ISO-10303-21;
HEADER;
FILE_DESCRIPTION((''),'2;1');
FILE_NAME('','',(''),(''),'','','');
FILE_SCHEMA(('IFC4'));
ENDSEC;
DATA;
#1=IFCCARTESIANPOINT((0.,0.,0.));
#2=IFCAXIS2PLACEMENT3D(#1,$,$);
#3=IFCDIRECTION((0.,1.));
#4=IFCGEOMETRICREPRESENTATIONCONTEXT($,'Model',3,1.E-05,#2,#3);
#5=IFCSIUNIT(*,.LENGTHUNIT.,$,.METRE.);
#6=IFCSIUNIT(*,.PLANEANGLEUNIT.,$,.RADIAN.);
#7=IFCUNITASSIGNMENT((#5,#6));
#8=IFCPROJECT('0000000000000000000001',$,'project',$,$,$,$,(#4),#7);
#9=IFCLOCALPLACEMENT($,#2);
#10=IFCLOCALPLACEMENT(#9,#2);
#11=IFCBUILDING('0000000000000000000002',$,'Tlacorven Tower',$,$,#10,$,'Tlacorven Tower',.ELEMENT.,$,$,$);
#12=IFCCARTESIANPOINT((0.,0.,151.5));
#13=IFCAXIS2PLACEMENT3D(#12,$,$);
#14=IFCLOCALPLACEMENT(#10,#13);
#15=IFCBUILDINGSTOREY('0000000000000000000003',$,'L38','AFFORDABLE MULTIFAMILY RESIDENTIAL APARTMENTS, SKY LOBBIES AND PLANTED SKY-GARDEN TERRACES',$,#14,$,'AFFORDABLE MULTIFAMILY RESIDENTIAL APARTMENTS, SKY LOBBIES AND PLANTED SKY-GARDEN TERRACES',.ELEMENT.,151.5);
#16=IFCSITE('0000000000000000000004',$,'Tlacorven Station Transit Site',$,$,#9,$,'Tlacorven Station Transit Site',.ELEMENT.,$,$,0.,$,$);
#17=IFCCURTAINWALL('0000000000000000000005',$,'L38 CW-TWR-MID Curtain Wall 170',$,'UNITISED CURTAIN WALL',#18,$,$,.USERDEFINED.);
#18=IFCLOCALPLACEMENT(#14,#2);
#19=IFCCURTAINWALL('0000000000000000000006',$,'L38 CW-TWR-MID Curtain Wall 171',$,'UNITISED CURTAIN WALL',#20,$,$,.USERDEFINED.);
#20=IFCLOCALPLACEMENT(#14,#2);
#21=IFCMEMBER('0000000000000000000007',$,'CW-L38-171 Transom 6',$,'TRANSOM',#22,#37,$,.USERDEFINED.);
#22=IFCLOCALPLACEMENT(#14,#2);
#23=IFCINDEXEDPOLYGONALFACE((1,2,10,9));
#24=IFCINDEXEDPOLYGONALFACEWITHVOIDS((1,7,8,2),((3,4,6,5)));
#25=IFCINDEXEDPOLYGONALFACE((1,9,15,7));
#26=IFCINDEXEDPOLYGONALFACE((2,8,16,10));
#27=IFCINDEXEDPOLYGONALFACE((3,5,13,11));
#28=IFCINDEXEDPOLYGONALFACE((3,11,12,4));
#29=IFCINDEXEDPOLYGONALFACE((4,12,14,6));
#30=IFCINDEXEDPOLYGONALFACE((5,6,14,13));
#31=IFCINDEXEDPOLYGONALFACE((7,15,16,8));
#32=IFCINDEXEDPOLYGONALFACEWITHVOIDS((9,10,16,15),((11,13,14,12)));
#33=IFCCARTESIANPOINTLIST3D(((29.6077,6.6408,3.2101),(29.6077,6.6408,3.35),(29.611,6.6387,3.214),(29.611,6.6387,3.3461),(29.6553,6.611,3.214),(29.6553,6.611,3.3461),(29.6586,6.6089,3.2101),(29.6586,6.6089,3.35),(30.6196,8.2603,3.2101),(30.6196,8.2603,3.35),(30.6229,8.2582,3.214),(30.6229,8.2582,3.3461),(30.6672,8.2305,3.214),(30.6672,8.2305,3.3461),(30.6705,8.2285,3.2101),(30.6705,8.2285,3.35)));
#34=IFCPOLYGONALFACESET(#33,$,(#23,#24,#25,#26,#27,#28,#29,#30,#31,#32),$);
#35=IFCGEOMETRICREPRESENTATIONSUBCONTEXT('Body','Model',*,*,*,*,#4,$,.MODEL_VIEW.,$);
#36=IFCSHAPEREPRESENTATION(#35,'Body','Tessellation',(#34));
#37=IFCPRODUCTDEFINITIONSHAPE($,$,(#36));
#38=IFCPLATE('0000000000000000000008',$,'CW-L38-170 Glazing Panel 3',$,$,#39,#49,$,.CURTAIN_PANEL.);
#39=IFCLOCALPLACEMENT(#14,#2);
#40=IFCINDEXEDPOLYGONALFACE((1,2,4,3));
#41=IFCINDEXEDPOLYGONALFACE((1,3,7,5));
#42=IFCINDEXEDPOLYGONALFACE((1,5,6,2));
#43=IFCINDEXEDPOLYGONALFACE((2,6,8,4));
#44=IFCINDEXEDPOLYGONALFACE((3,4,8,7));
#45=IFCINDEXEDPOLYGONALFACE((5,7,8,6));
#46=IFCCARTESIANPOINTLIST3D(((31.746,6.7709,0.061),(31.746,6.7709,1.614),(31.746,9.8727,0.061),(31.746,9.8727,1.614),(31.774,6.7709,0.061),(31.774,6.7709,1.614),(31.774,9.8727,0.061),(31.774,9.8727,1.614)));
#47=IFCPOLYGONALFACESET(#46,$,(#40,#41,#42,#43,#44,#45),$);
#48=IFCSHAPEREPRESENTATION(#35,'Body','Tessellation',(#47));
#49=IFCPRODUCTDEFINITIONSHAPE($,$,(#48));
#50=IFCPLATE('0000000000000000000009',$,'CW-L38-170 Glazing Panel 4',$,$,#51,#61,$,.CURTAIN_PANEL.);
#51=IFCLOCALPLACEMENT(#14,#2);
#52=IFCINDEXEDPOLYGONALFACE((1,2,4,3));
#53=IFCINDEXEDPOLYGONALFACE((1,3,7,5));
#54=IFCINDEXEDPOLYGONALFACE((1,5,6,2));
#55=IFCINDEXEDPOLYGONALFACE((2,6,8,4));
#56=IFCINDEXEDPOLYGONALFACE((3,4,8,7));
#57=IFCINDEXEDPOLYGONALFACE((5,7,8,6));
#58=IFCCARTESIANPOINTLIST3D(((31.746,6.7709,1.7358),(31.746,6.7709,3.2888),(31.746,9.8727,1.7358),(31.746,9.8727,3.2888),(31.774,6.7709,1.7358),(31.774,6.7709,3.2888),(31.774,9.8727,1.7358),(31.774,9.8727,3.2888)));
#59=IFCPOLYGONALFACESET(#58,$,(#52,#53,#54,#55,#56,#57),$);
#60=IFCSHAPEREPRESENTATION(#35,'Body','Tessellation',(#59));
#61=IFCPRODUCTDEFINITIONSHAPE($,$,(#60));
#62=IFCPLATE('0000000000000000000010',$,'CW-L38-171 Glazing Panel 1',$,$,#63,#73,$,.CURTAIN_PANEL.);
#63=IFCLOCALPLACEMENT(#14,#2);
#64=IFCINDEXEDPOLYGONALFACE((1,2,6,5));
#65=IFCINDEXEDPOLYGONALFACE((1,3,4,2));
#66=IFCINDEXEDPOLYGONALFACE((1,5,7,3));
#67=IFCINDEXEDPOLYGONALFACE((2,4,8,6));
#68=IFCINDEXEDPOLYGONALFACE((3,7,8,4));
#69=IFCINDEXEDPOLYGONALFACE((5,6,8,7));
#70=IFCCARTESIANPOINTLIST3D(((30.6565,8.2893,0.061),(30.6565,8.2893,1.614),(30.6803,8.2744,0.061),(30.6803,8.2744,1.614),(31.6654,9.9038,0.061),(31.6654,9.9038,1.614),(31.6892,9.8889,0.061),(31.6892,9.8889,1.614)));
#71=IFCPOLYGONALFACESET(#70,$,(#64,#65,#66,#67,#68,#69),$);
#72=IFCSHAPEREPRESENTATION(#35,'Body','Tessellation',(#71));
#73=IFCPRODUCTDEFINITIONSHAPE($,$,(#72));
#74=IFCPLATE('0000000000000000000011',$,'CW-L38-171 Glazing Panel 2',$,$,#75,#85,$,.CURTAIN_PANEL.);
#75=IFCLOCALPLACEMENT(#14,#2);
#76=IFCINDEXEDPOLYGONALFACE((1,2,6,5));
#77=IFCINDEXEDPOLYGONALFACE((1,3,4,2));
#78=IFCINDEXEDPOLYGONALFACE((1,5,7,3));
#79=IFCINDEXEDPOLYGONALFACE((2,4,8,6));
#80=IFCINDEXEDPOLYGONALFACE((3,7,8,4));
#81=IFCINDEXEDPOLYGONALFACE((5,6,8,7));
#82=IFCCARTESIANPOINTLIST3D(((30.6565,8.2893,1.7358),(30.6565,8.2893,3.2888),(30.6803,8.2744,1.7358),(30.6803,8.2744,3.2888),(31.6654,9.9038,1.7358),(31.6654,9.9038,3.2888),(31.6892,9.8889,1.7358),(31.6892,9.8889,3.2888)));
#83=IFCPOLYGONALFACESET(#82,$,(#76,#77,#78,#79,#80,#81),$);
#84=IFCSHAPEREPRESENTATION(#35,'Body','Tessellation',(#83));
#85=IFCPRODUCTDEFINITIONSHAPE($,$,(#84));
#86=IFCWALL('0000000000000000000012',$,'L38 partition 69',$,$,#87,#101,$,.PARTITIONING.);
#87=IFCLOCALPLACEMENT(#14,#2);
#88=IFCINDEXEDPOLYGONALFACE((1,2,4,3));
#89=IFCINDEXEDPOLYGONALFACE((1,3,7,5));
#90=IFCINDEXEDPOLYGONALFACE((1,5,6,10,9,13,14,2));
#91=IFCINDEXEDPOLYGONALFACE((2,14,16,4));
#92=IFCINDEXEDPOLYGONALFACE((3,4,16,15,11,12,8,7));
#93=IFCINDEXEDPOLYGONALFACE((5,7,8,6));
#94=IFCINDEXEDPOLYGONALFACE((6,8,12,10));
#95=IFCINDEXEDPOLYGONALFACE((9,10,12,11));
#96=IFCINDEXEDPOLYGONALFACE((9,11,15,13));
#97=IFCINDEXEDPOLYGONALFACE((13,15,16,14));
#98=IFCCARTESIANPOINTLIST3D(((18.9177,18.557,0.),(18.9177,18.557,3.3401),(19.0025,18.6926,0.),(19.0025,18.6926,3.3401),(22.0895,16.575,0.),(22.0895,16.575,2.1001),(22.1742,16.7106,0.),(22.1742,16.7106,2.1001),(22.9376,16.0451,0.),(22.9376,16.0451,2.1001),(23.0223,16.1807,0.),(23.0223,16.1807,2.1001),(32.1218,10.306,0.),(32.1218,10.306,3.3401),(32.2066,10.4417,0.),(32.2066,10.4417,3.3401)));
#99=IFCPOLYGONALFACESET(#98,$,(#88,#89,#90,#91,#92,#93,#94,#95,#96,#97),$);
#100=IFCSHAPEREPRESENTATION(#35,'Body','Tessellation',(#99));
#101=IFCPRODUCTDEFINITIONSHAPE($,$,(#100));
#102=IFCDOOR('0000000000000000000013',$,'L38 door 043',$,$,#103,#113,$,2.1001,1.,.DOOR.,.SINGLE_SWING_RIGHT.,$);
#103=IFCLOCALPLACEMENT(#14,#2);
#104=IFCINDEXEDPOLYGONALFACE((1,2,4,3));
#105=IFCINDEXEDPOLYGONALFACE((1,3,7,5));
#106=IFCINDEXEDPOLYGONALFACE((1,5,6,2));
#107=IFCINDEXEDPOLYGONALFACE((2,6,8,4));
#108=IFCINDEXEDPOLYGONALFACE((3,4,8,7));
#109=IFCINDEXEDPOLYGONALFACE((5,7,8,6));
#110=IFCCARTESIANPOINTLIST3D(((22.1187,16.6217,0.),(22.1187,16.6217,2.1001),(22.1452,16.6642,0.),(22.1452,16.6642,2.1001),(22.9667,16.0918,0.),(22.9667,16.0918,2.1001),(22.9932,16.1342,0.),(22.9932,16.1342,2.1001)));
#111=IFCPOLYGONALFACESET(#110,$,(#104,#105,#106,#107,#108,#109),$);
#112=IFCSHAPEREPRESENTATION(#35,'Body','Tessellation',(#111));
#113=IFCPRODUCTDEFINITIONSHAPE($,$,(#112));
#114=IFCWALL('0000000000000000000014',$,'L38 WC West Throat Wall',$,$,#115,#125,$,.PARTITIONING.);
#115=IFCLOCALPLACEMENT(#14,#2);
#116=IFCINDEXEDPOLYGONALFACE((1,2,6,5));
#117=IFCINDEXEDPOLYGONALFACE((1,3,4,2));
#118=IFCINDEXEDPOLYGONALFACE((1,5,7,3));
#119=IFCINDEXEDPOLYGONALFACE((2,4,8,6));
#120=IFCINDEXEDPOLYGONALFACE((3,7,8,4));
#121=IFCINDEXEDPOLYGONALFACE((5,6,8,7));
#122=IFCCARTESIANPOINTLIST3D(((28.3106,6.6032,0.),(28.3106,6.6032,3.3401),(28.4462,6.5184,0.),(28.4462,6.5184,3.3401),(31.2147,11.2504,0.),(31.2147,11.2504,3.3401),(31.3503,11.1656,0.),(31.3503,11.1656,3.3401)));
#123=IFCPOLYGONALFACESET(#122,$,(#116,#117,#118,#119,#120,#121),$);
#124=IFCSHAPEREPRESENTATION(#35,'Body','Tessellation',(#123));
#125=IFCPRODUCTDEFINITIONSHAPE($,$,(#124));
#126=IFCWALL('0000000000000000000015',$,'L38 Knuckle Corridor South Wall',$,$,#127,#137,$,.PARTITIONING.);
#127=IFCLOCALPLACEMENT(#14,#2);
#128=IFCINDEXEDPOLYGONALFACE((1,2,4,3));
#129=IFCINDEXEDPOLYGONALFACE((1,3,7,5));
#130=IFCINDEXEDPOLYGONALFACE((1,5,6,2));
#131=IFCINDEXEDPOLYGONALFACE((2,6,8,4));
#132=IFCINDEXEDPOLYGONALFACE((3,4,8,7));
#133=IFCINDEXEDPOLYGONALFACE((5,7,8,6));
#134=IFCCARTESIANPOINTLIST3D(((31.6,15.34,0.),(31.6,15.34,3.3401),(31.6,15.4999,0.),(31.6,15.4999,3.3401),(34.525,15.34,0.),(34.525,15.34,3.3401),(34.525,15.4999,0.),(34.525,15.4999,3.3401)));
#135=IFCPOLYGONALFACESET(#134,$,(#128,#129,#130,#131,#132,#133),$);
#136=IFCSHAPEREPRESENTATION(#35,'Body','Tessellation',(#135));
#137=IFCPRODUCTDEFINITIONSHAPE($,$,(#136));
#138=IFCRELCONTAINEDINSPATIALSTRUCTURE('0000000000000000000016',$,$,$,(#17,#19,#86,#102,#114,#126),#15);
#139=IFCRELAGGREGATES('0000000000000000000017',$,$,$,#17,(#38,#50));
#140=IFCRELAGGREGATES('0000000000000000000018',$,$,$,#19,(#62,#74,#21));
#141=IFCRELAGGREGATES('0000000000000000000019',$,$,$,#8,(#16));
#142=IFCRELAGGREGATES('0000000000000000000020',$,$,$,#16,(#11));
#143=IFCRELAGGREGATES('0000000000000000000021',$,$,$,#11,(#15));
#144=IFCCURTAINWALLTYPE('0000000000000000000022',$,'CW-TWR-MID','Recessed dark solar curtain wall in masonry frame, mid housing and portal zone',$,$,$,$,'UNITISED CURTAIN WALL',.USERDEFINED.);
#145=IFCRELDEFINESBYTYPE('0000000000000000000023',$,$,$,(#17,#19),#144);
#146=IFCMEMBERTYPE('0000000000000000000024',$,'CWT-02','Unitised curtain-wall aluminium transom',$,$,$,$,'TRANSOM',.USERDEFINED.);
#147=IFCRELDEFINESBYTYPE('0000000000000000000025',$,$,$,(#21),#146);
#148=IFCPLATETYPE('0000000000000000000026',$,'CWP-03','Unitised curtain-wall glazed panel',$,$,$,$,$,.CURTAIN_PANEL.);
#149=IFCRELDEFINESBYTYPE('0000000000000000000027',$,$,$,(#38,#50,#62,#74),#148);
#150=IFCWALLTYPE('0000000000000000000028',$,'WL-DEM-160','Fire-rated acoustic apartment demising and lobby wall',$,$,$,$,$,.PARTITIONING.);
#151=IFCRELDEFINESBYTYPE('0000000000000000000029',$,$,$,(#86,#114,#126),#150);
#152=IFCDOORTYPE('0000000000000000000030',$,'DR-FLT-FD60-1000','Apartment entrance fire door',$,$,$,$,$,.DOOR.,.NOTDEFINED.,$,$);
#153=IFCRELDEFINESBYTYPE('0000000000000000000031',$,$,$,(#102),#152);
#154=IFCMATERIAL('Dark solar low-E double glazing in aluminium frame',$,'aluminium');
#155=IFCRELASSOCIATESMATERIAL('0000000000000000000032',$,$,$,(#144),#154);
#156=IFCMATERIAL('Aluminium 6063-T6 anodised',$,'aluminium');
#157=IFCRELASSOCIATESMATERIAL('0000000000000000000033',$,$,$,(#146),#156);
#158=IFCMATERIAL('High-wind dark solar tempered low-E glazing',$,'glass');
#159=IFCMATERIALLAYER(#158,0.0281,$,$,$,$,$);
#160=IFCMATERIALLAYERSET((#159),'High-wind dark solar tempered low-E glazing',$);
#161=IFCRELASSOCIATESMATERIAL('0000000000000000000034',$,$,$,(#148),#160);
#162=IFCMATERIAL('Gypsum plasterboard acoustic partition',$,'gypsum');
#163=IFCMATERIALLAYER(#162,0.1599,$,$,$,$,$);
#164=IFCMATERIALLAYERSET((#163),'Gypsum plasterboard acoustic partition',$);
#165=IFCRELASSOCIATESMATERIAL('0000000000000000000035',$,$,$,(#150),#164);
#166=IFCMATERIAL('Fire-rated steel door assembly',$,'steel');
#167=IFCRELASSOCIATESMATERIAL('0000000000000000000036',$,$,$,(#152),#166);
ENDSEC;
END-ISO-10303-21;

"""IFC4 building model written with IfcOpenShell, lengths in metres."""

from ifc_helpers import new_model, si_unit, direction, frame, frame_2d, origin, origin_2d, place, context, subcontext, project, spatial, rectangle, hollow_rectangle, extrude, source, transform, mapped, material, layer, layer_set, material_profile, profile_set, type_object, element, fill, aggregate, save


model = new_model("IFC4")

# Units and contexts
model_context = context("Model", 3, precision=1e-05, world=origin(), true_north=direction((0.0, 1.0)))
body_context = subcontext(model_context, "Body", "Model", "MODEL_VIEW")
ifc_project = project(units=[si_unit("LENGTHUNIT", "METRE"), si_unit("PLANEANGLEUNIT", "RADIAN")], contexts=[model_context])

# Site, building, storey
site_placement = place(None, origin())
site = spatial("IfcSite", under=ifc_project, at=site_placement, Name="Tlacorven Station Transit Site", LongName="Tlacorven Station Transit Site", CompositionType="ELEMENT", RefElevation=0.0)
building_placement = place(site_placement, origin())
building = spatial("IfcBuilding", under=site, at=building_placement, Name="Tlacorven Tower", LongName="Tlacorven Tower", CompositionType="ELEMENT")
storey_placement = place(building_placement, frame((0.0, 0.0, 151.5)))
storey = spatial("IfcBuildingStorey", under=building, at=storey_placement, Name="L38", Description="AFFORDABLE MULTIFAMILY RESIDENTIAL APARTMENTS, SKY LOBBIES AND PLANTED SKY-GARDEN TERRACES", LongName="AFFORDABLE MULTIFAMILY RESIDENTIAL APARTMENTS, SKY LOBBIES AND PLANTED SKY-GARDEN TERRACES", CompositionType="ELEMENT", Elevation=151.5)

# Curtain wall
ifc_material_1 = material(Name="Dark solar low-E double glazing in aluminium frame", Category="aluminium")
curtain_wall_type = type_object("IfcCurtainWallType", Name="CW-TWR-MID", Description="Recessed dark solar curtain wall in masonry frame, mid housing and portal zone", ElementType="UNITISED CURTAIN WALL", PredefinedType="USERDEFINED", material=ifc_material_1)
curtain_wall_1_placement = place(storey_placement, origin())
curtain_wall_1 = element("IfcCurtainWall", 1, at=curtain_wall_1_placement, inside=storey, type_object=curtain_wall_type, Name="L38 CW-TWR-MID Curtain Wall 170", ObjectType="UNITISED CURTAIN WALL", PredefinedType="USERDEFINED")
ifc_material_2 = material(Name="Aluminium 6063-T6 anodised", Category="aluminium")

# Curtain wall, member
curtain_wall_2_placement = place(storey_placement, origin())
curtain_wall_2 = element("IfcCurtainWall", 2, at=curtain_wall_2_placement, inside=storey, type_object=curtain_wall_type, Name="L38 CW-TWR-MID Curtain Wall 171", ObjectType="UNITISED CURTAIN WALL", PredefinedType="USERDEFINED")
ifc_material_profile_1 = material_profile(ifc_material_2, hollow_rectangle(XDim=0.0601, YDim=0.1399, WallThickness=0.0039, at=origin_2d()), Name="ALU TRANSOM 60X140")
ifc_profile_set_1 = profile_set([ifc_material_profile_1], Name="Aluminium 6063-T6 anodised")
member_type_1 = type_object("IfcMemberType", Name="CWT-02", Description="Unitised curtain-wall aluminium transom", ElementType="TRANSOM", PredefinedType="USERDEFINED", material=ifc_profile_set_1)
shared_shape_1 = source(origin(), body_context, "Body", "SweptSolid", [
    extrude(hollow_rectangle(XDim=0.0601, YDim=0.1399, WallThickness=0.0039, at=origin_2d()), origin(), (0.0, 0.0, 1.0), 1.9097),
])
member_1_placement = place(storey_placement, frame((30.645, 8.2444, 3.28), z_axis=(-0.529884, -0.84807, 0.0), x_axis=(0.84807, -0.529884, 0.0)))
member_1 = element("IfcMember", 3, at=member_1_placement, type_object=member_type_1, Name="CW-L38-171 Transom 6", ObjectType="TRANSOM", PredefinedType="USERDEFINED", context=body_context, shape_type="MappedRepresentation", body=[
    mapped(shared_shape_1, transform((0.0, 0.0, 0.0), scale=1.0)),
])

# Plates
ifc_material_3 = material(Name="High-wind dark solar tempered low-E glazing", Category="glass")
ifc_layer_1 = layer(ifc_material_3, 0.0281)
ifc_layer_set_1 = layer_set([ifc_layer_1], Name="High-wind dark solar tempered low-E glazing")
plate_type = type_object("IfcPlateType", Name="CWP-03", Description="Unitised curtain-wall glazed panel", PredefinedType="CURTAIN_PANEL", material=ifc_layer_set_1)
shared_shape_2 = source(origin(), body_context, "Body", "SweptSolid", [
    extrude(rectangle(XDim=3.1018, YDim=0.0281, at=origin_2d()), origin(), (0.0, 0.0, 1.0), 1.553),
])
plate_1_placement = place(storey_placement, frame((31.76, 8.3218, 0.061), z_axis=(0.0, 0.0, 1.0), x_axis=(0.0, 1.0, 0.0)))
plate_1 = element("IfcPlate", 4, at=plate_1_placement, type_object=plate_type, Name="CW-L38-170 Glazing Panel 3", PredefinedType="CURTAIN_PANEL", context=body_context, shape_type="MappedRepresentation", body=[
    mapped(shared_shape_2, transform((0.0, 0.0, 0.0), scale=1.0)),
])
plate_2_placement = place(storey_placement, frame((31.76, 8.3218, 1.7358), z_axis=(0.0, 0.0, 1.0), x_axis=(0.0, 1.0, 0.0)))
plate_2 = element("IfcPlate", 5, at=plate_2_placement, type_object=plate_type, Name="CW-L38-170 Glazing Panel 4", PredefinedType="CURTAIN_PANEL", context=body_context, shape_type="MappedRepresentation", body=[
    mapped(shared_shape_2, transform((0.0, 0.0, 0.0), scale=1.0)),
])
aggregate(curtain_wall_1, [plate_1, plate_2])
shared_shape_3 = source(origin(), body_context, "Body", "SweptSolid", [
    extrude(rectangle(XDim=1.9038, YDim=0.0281, at=origin_2d()), origin(), (0.0, 0.0, 1.0), 1.553),
])
plate_3_placement = place(storey_placement, frame((31.1729, 9.0891, 0.061), z_axis=(0.0, 0.0, 1.0), x_axis=(-0.529919, -0.848048, 0.0)))
plate_3 = element("IfcPlate", 6, at=plate_3_placement, type_object=plate_type, Name="CW-L38-171 Glazing Panel 1", PredefinedType="CURTAIN_PANEL", context=body_context, shape_type="MappedRepresentation", body=[
    mapped(shared_shape_3, transform((0.0, 0.0, 0.0), scale=1.0)),
])
plate_4_placement = place(storey_placement, frame((31.1729, 9.0891, 1.7358), z_axis=(0.0, 0.0, 1.0), x_axis=(-0.529919, -0.848048, 0.0)))
plate_4 = element("IfcPlate", 7, at=plate_4_placement, type_object=plate_type, Name="CW-L38-171 Glazing Panel 2", PredefinedType="CURTAIN_PANEL", context=body_context, shape_type="MappedRepresentation", body=[
    mapped(shared_shape_3, transform((0.0, 0.0, 0.0), scale=1.0)),
])
aggregate(curtain_wall_2, [plate_3, plate_4, member_1])

# Wall, opening, door
ifc_material_4 = material(Name="Gypsum plasterboard acoustic partition", Category="gypsum")
ifc_layer_2 = layer(ifc_material_4, 0.1599)
ifc_layer_set_2 = layer_set([ifc_layer_2], Name="Gypsum plasterboard acoustic partition")
wall_type_1 = type_object("IfcWallType", Name="WL-DEM-160", Description="Fire-rated acoustic apartment demising and lobby wall", PredefinedType="PARTITIONING", material=ifc_layer_set_2)
wall_1_placement = place(storey_placement, frame((32.1643, 10.3738, 0.0), z_axis=(0.0, 0.0, 1.0), x_axis=(-0.848044, 0.529926, 0.0)))
wall_1 = element("IfcWall", 8, at=wall_1_placement, inside=storey, type_object=wall_type_1, Name="L38 partition 69", PredefinedType="PARTITIONING", context=body_context, shape_type="SweptSolid", body=[
    extrude(rectangle(XDim=15.5701, YDim=0.1599, at=frame_2d((7.7852, 0.0))), origin(), (0.0, 0.0, 1.0), 3.3401),
])
opening_1_placement = place(wall_1_placement, frame((10.8301, 0.0, 0.0)))
opening_1 = element("IfcOpeningElement", 9, at=opening_1_placement, cuts=wall_1, PredefinedType="OPENING", context=body_context, shape_type="SweptSolid", body=[
    extrude(rectangle(XDim=1.0, YDim=2.1001, at=frame_2d((0.5, 1.05))), frame((0.0, 0.0898, 0.0), z_axis=(0.0, -1.0, 0.0), x_axis=(1.0, 0.0, 0.0)), (0.0, 0.0, 1.0), 0.1799),
])
ifc_material_5 = material(Name="Fire-rated steel door assembly", Category="steel")
door_type_1 = type_object("IfcDoorType", Name="DR-FLT-FD60-1000", Description="Apartment entrance fire door", OperationType="NOTDEFINED", PredefinedType="DOOR", material=ifc_material_5)
shared_shape_4 = source(origin(), body_context, "Body", "SweptSolid", [
    extrude(rectangle(XDim=1.0, YDim=2.1001, at=frame_2d((0.5, 1.05))), frame((0.0, 0.0249, 0.0), z_axis=(0.0, -1.0, 0.0), x_axis=(1.0, 0.0, 0.0)), (0.0, 0.0, 1.0), 0.05),
])
door_1_placement = place(opening_1_placement, origin())
door_1 = element("IfcDoor", 10, at=door_1_placement, inside=storey, type_object=door_type_1, Name="L38 door 043", OperationType="SINGLE_SWING_RIGHT", OverallHeight=2.1001, OverallWidth=1.0, PredefinedType="DOOR", context=body_context, shape_type="MappedRepresentation", body=[
    mapped(shared_shape_4, transform((0.0, 0.0, 0.0), scale=1.0)),
])
fill(opening_1, door_1)

# Walls
wall_2_placement = place(storey_placement, frame((31.2825, 11.208, 0.0), z_axis=(0.0, 0.0, 1.0), x_axis=(-0.529939, -0.848036, 0.0)))
element("IfcWall", 11, at=wall_2_placement, inside=storey, type_object=wall_type_1, Name="L38 WC West Throat Wall", PredefinedType="PARTITIONING", context=body_context, shape_type="SweptSolid", body=[
    extrude(rectangle(XDim=5.48, YDim=0.1599, at=frame_2d((2.74, 0.0))), origin(), (0.0, 0.0, 1.0), 3.3401),
])
wall_3_placement = place(storey_placement, frame((31.6001, 15.4199, 0.0), z_axis=(0.0, 0.0, 1.0), x_axis=(1.0, 0.0, 0.0)))
element("IfcWall", 12, at=wall_3_placement, inside=storey, type_object=wall_type_1, Name="L38 Knuckle Corridor South Wall", PredefinedType="PARTITIONING", context=body_context, shape_type="SweptSolid", body=[
    extrude(rectangle(XDim=2.925, YDim=0.1599, at=frame_2d((1.4624, 0.0))), origin(), (0.0, 0.0, 1.0), 3.3401),
])

save(model, "model.ifc")
